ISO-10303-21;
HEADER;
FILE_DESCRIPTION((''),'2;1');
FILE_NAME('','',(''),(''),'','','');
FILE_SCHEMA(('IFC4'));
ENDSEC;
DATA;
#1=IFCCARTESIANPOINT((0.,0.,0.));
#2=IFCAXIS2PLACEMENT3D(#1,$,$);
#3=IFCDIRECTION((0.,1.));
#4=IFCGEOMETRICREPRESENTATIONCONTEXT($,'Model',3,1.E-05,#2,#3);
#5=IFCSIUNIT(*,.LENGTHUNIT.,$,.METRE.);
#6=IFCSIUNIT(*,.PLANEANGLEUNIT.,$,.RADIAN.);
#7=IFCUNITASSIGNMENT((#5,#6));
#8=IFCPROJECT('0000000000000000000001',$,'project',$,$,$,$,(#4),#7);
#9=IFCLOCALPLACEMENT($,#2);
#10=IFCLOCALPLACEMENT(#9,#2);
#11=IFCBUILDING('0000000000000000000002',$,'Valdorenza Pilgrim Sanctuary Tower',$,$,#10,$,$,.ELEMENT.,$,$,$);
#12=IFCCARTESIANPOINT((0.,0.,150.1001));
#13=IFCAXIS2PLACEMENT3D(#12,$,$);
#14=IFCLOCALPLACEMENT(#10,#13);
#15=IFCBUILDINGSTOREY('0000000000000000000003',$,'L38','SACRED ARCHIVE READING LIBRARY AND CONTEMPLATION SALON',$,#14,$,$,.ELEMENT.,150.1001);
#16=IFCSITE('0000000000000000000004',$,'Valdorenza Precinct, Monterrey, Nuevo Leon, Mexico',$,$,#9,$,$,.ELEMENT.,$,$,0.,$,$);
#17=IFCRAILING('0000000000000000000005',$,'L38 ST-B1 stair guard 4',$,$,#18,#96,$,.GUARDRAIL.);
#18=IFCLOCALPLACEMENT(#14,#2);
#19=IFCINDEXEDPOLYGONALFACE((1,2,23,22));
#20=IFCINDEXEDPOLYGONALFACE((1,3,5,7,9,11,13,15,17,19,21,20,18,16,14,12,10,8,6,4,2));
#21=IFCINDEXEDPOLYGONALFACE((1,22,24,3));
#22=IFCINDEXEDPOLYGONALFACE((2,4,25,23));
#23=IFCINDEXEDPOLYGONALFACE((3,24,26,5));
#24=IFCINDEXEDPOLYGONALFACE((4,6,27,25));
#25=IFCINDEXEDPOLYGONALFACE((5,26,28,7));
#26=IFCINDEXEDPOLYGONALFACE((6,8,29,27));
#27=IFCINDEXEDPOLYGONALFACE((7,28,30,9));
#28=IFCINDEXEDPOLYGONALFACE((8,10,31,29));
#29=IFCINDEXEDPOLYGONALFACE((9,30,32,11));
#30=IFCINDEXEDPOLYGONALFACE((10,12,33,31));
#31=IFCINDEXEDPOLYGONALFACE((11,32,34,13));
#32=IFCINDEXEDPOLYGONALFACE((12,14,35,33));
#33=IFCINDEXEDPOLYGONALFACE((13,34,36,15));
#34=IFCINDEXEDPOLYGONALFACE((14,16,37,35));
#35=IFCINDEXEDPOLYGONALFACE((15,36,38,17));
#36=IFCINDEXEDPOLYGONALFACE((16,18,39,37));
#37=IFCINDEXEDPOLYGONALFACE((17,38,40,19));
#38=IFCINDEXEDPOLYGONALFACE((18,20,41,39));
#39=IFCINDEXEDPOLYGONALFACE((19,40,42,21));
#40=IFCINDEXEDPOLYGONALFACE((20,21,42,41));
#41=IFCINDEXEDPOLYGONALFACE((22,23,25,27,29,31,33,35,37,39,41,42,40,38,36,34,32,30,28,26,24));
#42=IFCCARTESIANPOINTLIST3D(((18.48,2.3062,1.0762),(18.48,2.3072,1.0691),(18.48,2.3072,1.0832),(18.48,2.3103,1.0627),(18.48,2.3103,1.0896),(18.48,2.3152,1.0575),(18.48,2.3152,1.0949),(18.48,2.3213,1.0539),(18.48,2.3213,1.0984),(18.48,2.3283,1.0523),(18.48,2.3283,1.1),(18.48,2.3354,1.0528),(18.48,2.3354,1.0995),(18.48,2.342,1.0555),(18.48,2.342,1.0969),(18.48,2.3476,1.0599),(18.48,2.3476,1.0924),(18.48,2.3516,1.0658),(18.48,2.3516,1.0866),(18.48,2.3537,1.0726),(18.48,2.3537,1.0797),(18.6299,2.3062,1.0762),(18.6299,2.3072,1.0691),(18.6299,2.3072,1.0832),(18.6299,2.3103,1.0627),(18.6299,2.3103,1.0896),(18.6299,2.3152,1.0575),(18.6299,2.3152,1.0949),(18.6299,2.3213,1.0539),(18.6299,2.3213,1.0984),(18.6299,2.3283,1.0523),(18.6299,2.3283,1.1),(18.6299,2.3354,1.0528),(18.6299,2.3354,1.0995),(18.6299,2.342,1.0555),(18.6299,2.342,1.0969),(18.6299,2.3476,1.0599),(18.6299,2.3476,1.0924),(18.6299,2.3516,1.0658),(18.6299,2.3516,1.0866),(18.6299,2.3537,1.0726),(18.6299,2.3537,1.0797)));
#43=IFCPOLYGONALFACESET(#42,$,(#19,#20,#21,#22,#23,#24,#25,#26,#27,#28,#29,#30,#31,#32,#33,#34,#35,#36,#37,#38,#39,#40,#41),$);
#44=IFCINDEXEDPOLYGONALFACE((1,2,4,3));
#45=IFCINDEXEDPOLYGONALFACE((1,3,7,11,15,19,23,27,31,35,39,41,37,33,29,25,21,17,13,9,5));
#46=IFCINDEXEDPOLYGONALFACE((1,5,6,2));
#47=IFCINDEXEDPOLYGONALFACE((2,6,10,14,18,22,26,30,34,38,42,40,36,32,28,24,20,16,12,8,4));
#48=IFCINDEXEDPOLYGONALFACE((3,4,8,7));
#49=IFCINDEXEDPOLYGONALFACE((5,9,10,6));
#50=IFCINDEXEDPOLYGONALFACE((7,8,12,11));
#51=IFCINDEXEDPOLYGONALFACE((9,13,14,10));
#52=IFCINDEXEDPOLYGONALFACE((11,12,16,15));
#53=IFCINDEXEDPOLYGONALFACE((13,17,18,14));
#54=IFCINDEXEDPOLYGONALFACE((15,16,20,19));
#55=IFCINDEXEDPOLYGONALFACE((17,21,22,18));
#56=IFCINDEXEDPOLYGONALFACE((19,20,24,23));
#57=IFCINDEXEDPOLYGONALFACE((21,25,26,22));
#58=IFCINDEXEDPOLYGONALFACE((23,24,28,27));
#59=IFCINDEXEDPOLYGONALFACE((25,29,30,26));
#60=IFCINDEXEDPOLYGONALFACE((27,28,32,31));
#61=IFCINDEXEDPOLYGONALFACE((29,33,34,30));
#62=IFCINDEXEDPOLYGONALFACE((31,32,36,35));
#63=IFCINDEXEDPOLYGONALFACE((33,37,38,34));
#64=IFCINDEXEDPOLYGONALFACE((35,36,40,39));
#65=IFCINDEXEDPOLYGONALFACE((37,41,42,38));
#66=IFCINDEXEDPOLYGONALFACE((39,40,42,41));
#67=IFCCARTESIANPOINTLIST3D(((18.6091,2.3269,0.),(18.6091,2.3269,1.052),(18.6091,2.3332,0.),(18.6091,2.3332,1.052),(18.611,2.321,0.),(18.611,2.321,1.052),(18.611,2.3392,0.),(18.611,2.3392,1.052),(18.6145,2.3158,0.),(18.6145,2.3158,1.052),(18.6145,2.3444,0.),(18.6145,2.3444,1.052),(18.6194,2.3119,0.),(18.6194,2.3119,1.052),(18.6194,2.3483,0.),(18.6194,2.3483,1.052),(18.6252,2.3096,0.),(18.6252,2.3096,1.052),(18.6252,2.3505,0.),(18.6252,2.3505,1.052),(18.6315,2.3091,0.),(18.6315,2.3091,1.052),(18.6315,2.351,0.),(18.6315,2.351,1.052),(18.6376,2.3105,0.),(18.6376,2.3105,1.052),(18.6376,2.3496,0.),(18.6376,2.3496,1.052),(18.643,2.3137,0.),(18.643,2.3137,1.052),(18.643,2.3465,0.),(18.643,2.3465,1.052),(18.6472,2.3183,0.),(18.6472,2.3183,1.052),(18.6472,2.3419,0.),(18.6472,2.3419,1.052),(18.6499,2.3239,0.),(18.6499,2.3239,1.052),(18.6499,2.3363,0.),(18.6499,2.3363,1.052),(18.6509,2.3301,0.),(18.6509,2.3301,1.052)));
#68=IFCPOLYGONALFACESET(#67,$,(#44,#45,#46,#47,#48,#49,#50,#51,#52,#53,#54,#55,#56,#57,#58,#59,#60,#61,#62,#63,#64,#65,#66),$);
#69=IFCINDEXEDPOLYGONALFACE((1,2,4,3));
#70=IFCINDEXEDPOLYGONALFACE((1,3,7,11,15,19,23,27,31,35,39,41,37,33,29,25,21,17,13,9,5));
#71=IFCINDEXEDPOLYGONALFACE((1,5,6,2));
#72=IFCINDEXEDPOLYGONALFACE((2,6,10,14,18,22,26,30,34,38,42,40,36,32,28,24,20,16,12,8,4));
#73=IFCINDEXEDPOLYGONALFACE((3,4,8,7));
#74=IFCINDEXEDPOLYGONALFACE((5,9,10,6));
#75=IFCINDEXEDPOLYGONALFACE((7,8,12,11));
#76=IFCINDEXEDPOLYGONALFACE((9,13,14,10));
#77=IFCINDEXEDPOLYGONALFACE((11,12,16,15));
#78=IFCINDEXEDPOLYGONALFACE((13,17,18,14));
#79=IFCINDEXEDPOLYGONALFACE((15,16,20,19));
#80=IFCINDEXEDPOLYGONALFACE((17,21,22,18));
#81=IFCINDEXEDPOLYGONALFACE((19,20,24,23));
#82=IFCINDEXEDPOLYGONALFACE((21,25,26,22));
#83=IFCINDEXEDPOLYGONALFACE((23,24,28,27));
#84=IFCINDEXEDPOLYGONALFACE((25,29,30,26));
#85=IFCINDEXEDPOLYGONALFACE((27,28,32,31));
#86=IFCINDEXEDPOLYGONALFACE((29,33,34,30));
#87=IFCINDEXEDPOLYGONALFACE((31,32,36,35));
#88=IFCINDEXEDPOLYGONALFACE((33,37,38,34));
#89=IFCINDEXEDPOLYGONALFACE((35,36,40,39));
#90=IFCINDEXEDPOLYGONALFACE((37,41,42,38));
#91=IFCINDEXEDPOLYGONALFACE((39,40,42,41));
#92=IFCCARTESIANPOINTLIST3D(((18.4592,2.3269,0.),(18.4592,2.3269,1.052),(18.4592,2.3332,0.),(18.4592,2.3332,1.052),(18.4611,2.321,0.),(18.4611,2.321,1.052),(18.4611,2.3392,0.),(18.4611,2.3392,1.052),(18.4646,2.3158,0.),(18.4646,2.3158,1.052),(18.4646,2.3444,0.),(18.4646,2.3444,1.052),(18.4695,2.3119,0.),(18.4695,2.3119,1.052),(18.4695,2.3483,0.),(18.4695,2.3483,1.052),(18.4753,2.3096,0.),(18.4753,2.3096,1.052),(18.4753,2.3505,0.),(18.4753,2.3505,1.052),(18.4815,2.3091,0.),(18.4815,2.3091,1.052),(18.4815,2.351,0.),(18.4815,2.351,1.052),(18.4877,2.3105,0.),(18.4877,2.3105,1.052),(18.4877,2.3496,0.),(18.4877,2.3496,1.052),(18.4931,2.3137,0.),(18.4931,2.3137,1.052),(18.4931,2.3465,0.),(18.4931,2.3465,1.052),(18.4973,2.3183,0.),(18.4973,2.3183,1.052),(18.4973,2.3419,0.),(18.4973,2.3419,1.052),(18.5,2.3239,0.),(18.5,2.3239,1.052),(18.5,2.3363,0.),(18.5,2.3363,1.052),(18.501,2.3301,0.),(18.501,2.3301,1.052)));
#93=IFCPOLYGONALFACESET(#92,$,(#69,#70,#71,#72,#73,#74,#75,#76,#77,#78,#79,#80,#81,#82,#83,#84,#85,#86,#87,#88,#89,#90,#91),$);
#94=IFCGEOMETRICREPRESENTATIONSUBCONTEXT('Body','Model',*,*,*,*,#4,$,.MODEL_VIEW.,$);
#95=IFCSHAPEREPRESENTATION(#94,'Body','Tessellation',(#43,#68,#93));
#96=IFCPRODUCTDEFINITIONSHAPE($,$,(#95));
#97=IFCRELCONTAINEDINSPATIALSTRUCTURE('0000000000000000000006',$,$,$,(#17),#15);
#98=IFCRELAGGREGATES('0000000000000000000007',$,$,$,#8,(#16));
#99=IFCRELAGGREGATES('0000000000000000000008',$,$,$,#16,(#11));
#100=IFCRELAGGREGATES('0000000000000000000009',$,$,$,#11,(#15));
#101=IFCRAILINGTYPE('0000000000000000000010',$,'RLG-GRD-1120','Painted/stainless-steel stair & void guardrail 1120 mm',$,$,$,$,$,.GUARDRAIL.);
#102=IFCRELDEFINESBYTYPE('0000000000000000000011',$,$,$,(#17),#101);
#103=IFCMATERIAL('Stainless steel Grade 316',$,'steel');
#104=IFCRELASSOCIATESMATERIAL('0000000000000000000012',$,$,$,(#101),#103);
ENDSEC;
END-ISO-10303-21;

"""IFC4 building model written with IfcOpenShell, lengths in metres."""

from ifc_helpers import new_model, si_unit, direction, frame, origin, origin_2d, place, context, subcontext, project, spatial, circle, extrude, material, type_object, element, save


model = new_model("IFC4")

# Units and contexts
model_context = context("Model", 3, precision=1e-05, world=origin(), true_north=direction((0.0, 1.0)))
body_context = subcontext(model_context, "Body", "Model", "MODEL_VIEW")
ifc_project = project(units=[si_unit("LENGTHUNIT", "METRE"), si_unit("PLANEANGLEUNIT", "RADIAN")], contexts=[model_context])

# Site, building, storey
site_placement = place(None, origin())
site = spatial("IfcSite", under=ifc_project, at=site_placement, Name="Valdorenza Precinct, Monterrey, Nuevo Leon, Mexico", CompositionType="ELEMENT", RefElevation=0.0)
building_placement = place(site_placement, origin())
building = spatial("IfcBuilding", under=site, at=building_placement, Name="Valdorenza Pilgrim Sanctuary Tower", CompositionType="ELEMENT")
storey_placement = place(building_placement, frame((0.0, 0.0, 150.1001)))
storey = spatial("IfcBuildingStorey", under=building, at=storey_placement, Name="L38", Description="SACRED ARCHIVE READING LIBRARY AND CONTEMPLATION SALON", CompositionType="ELEMENT", Elevation=150.1001)

# Railing
ifc_material_1 = material(Name="Stainless steel Grade 316", Category="steel")
railing_type_1 = type_object("IfcRailingType", Name="RLG-GRD-1120", Description="Painted/stainless-steel stair & void guardrail 1120 mm", PredefinedType="GUARDRAIL", material=ifc_material_1)
railing_1_placement = place(storey_placement, frame((18.6299, 2.3301, 0.0)))
element("IfcRailing", 1, at=railing_1_placement, inside=storey, type_object=railing_type_1, Name="L38 ST-B1 stair guard 4", PredefinedType="GUARDRAIL", context=body_context, shape_type="SweptSolid", body=[
    extrude(circle(Radius=0.0239, at=origin_2d()), frame((0.0, 0.0, 1.0762), z_axis=(-1.0, 0.0, 0.0), x_axis=(0.0, -1.0, 0.0)), (0.0, 0.0, 1.0), 0.1499),
    extrude(circle(Radius=0.021, at=origin_2d()), origin(), (0.0, 0.0, 1.0), 1.052),
    extrude(circle(Radius=0.021, at=origin_2d()), frame((-0.1499, 0.0, 0.0)), (0.0, 0.0, 1.0), 1.052),
])

save(model, "model.ifc")
